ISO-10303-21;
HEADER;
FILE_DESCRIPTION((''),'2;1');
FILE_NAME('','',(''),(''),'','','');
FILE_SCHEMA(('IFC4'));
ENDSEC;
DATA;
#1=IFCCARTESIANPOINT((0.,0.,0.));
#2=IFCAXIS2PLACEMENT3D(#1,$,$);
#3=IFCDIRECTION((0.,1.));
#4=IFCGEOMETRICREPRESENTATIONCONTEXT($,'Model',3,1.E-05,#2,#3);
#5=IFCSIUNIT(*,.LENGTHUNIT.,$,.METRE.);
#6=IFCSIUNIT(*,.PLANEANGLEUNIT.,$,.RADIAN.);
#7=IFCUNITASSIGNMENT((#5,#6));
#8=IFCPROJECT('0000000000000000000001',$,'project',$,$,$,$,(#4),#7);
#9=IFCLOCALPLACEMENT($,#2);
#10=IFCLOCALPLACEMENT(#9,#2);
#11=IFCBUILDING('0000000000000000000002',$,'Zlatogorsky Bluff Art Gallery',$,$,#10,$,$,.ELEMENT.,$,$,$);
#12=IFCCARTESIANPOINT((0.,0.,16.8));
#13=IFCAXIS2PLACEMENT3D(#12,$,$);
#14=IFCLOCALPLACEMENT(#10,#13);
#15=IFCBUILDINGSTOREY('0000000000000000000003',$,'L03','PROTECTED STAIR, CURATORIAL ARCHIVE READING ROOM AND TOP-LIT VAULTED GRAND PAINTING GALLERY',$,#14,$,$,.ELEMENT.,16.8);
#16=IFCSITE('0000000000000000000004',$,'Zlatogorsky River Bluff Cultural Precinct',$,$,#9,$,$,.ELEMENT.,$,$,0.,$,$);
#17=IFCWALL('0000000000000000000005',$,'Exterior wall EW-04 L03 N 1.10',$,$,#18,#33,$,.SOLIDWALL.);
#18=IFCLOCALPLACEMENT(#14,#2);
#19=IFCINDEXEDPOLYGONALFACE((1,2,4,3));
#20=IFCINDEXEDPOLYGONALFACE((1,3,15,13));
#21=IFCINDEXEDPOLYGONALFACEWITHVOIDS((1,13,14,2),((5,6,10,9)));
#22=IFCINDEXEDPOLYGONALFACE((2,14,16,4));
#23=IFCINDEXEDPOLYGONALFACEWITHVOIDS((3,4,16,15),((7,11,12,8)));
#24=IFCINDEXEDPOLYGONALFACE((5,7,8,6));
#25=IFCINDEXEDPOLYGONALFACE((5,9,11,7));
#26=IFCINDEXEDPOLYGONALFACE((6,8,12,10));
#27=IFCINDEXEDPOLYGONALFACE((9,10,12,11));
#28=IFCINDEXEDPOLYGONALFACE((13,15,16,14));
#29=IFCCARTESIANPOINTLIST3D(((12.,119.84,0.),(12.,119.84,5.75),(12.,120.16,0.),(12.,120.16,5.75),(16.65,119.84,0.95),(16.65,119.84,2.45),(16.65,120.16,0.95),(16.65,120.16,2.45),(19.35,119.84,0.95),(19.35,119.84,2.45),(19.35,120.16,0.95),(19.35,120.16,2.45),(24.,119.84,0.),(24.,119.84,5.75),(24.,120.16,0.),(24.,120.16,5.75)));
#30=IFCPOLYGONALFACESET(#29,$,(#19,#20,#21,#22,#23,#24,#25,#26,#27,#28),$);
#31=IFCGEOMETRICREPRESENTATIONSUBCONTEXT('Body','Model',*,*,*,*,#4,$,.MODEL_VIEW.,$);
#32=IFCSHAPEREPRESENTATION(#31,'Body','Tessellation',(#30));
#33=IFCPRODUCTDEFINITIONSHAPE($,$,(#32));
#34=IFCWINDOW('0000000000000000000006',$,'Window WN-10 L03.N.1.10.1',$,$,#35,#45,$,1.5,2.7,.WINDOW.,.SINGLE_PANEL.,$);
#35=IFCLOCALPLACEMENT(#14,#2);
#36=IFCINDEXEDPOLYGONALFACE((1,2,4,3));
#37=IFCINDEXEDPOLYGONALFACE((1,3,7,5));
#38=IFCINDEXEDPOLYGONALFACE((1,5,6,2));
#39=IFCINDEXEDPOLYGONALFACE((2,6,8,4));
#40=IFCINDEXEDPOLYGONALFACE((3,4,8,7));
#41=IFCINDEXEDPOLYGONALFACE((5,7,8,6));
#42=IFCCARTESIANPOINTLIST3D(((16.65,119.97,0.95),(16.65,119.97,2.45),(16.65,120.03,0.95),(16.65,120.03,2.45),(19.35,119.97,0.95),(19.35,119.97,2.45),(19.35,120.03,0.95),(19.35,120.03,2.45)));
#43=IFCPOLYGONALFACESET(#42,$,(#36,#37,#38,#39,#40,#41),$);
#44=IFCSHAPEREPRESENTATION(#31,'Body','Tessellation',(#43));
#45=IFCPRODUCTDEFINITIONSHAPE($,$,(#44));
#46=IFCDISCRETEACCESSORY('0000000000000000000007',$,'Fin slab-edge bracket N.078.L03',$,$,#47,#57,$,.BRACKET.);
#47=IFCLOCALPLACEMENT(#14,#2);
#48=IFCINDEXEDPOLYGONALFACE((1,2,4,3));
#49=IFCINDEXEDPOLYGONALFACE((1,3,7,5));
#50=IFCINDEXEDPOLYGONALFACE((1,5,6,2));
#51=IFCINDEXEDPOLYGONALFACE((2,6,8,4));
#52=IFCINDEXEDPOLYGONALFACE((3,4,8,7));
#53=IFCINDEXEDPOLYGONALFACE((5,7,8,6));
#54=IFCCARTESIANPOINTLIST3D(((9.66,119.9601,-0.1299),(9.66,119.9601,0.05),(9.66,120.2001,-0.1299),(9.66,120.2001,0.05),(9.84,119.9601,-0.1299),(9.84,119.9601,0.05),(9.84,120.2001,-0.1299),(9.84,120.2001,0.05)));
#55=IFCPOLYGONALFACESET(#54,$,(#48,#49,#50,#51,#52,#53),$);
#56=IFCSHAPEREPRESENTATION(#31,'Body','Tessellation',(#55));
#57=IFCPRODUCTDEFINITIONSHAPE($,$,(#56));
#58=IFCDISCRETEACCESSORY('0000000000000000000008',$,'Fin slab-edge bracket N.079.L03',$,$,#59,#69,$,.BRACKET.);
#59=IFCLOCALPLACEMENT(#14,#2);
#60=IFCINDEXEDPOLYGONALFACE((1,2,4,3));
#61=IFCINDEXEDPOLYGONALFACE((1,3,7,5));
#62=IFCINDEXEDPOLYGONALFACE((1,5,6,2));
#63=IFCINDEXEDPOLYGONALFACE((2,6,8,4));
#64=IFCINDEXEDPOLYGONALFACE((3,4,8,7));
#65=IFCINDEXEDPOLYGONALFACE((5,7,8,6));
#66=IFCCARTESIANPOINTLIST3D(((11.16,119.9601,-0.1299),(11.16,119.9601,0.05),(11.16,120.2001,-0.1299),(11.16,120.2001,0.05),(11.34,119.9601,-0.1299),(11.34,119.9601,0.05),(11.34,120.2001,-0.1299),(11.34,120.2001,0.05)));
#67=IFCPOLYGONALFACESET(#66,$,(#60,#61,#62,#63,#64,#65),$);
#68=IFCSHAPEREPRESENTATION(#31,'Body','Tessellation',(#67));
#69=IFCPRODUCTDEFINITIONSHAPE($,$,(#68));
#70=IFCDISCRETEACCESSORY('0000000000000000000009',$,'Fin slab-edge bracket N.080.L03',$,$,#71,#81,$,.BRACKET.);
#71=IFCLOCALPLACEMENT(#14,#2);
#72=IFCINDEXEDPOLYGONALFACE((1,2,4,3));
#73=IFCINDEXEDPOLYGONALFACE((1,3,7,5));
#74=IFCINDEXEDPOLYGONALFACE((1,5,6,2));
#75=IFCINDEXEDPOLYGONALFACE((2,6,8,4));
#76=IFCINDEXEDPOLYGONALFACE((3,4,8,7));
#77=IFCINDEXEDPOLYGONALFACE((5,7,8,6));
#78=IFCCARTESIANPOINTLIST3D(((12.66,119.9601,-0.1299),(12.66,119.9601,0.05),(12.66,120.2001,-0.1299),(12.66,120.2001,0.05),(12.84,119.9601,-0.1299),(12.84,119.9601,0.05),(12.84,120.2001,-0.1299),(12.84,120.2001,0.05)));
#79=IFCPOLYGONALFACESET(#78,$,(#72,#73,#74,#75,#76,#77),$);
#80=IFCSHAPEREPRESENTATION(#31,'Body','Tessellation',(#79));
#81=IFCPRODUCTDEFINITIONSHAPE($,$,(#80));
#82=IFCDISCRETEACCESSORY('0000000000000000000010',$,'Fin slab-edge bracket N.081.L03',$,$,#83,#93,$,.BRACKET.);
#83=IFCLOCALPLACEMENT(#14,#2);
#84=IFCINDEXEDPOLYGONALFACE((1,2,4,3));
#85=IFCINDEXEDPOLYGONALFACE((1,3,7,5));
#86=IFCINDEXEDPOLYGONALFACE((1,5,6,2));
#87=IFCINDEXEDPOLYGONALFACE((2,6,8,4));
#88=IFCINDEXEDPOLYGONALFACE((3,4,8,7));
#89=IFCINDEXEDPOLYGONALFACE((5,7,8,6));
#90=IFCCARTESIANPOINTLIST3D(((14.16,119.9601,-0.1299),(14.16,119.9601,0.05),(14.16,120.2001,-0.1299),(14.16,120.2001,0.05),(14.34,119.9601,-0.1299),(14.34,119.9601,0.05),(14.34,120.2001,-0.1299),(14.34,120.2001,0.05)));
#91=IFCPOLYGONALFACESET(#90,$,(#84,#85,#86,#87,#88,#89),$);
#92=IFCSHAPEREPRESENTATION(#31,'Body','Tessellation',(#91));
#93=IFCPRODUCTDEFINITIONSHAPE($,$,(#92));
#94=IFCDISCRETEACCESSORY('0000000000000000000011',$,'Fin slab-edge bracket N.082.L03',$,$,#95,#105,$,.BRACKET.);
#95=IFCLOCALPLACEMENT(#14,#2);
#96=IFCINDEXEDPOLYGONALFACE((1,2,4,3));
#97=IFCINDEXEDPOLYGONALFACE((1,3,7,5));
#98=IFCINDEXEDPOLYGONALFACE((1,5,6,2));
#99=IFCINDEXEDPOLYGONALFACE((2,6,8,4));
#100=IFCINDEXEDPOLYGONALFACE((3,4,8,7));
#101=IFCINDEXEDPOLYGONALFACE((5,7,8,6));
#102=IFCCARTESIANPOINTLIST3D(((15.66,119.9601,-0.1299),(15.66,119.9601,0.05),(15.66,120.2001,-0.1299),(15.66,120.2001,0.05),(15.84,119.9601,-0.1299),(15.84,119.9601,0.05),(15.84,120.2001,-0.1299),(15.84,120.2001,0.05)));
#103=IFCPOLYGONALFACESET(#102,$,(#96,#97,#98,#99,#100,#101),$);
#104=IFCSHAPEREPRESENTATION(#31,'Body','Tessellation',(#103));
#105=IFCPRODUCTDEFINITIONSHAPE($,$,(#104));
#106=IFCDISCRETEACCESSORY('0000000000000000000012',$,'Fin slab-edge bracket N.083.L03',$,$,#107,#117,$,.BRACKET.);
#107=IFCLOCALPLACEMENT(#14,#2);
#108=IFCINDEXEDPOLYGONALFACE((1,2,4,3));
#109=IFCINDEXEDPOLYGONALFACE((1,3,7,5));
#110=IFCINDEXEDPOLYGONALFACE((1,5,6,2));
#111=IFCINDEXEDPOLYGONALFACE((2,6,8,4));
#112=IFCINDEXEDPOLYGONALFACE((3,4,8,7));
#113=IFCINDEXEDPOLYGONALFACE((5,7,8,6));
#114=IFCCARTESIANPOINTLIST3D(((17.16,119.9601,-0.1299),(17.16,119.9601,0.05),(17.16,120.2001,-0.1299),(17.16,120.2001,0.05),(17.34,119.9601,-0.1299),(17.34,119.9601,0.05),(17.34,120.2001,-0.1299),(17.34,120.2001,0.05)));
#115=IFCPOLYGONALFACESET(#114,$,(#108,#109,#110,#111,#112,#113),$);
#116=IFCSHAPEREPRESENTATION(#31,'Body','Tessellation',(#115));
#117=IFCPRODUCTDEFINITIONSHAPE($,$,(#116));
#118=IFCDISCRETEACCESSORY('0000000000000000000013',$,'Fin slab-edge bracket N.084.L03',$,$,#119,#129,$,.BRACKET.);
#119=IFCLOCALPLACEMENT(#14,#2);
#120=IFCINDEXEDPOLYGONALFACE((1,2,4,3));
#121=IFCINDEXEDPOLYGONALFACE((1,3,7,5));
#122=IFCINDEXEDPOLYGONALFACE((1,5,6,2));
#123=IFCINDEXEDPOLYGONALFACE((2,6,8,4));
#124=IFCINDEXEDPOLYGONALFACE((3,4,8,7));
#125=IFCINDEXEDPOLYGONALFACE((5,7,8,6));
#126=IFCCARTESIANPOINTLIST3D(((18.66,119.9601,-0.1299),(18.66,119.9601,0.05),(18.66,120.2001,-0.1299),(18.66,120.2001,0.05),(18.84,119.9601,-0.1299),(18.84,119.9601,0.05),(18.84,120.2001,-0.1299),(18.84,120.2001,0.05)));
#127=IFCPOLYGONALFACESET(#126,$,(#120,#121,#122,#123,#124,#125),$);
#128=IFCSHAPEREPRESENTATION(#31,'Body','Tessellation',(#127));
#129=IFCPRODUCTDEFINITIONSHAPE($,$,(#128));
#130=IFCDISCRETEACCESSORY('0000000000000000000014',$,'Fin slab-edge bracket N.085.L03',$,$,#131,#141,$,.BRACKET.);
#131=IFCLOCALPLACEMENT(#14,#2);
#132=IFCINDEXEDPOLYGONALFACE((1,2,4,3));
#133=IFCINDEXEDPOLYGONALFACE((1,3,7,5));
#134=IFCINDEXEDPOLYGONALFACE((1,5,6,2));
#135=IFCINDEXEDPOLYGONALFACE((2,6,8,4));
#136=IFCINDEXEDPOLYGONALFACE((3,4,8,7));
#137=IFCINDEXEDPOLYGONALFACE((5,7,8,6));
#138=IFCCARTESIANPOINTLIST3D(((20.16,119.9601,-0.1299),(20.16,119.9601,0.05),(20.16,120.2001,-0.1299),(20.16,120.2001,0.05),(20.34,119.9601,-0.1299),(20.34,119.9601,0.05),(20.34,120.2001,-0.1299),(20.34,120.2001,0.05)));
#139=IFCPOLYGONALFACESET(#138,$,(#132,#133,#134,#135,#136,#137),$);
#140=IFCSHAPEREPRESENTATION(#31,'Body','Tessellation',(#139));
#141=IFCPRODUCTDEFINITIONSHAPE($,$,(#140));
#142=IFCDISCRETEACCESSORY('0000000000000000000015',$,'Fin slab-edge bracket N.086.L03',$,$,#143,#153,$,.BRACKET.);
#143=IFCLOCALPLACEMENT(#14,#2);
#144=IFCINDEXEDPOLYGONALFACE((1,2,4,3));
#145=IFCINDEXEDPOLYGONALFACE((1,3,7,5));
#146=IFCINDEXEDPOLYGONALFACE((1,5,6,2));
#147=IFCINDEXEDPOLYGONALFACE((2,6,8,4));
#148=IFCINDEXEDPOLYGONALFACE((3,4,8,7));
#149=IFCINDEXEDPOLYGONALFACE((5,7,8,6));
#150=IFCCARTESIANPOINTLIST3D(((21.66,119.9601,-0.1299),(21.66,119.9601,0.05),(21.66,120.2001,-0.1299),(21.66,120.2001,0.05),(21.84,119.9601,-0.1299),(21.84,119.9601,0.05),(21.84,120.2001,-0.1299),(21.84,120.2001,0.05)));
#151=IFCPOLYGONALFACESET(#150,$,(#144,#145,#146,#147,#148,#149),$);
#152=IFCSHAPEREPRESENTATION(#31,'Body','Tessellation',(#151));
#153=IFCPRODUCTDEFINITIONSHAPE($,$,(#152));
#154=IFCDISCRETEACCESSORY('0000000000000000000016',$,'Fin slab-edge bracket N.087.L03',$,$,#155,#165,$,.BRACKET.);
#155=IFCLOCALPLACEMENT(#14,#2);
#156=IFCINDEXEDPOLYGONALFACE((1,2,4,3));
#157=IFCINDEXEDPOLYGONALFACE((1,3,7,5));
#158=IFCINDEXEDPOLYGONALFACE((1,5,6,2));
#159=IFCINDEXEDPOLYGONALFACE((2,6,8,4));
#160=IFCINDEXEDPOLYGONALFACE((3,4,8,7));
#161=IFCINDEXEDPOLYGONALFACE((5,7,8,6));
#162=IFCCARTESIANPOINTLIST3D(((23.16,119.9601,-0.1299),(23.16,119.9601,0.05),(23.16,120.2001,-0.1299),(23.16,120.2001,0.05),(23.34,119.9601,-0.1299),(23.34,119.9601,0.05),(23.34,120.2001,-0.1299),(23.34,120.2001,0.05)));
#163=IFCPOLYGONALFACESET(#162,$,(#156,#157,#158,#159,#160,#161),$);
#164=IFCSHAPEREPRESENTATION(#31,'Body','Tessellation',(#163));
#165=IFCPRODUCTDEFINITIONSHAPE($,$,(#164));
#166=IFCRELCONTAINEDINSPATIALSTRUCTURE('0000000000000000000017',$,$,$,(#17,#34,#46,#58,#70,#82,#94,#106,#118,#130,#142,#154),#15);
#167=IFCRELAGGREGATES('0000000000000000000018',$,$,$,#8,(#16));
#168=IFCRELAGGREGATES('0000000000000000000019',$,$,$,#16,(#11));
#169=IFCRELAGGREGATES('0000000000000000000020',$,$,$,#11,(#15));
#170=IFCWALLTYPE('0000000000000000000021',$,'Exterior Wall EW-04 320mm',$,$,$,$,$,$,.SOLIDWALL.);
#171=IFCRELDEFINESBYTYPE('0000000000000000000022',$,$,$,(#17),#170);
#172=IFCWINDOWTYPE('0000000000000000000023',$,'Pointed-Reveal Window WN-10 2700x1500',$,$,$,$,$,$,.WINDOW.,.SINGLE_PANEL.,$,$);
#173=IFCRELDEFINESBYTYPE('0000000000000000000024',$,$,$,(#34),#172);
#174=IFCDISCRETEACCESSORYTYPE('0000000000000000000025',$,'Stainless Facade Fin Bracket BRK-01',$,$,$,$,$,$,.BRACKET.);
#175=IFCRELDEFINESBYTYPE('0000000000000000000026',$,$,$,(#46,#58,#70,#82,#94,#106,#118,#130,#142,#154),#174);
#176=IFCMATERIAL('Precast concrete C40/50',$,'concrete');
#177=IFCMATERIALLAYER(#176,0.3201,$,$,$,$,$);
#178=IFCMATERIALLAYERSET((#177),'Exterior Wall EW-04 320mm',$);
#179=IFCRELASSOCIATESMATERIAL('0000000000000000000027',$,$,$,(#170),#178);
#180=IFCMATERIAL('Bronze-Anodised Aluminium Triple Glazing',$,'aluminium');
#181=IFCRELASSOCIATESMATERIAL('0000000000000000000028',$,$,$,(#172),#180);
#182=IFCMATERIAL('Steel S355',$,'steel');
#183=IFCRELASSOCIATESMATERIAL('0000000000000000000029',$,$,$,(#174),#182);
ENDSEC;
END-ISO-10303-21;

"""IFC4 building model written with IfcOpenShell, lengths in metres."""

from ifc_helpers import new_model, si_unit, direction, frame, frame_2d, origin, origin_2d, place, context, subcontext, project, spatial, rectangle, extrude, material, layer, layer_set, type_object, element, fill, save


model = new_model("IFC4")

# Units and contexts
model_context = context("Model", 3, precision=1e-05, world=origin(), true_north=direction((0.0, 1.0)))
body_context = subcontext(model_context, "Body", "Model", "MODEL_VIEW")
ifc_project = project(units=[si_unit("LENGTHUNIT", "METRE"), si_unit("PLANEANGLEUNIT", "RADIAN")], contexts=[model_context])

# Site, building, storey
site_placement = place(None, origin())
site = spatial("IfcSite", under=ifc_project, at=site_placement, Name="Zlatogorsky River Bluff Cultural Precinct", CompositionType="ELEMENT", RefElevation=0.0)
building_placement = place(site_placement, origin())
building = spatial("IfcBuilding", under=site, at=building_placement, Name="Zlatogorsky Bluff Art Gallery", CompositionType="ELEMENT")
storey_placement = place(building_placement, frame((0.0, 0.0, 16.8)))
storey = spatial("IfcBuildingStorey", under=building, at=storey_placement, Name="L03", Description="PROTECTED STAIR, CURATORIAL ARCHIVE READING ROOM AND TOP-LIT VAULTED GRAND PAINTING GALLERY", CompositionType="ELEMENT", Elevation=16.8)

# Shared definitions
ifc_material_1 = material(Name="Steel S355", Category="steel")

# Wall, opening, window
ifc_material_2 = material(Name="Precast concrete C40/50", Category="concrete")
ifc_layer_1 = layer(ifc_material_2, 0.3201)
ifc_layer_set_1 = layer_set([ifc_layer_1], Name="Exterior Wall EW-04 320mm")
wall_type = type_object("IfcWallType", Name="Exterior Wall EW-04 320mm", PredefinedType="SOLIDWALL", material=ifc_layer_set_1)
wall_placement = place(storey_placement, frame((24.0, 120.0, 0.0), z_axis=(0.0, 0.0, 1.0), x_axis=(-1.0, 0.0, 0.0)))
wall = element("IfcWall", 1, at=wall_placement, inside=storey, type_object=wall_type, Name="Exterior wall EW-04 L03 N 1.10", PredefinedType="SOLIDWALL", context=body_context, shape_type="SweptSolid", body=[
    extrude(rectangle(XDim=12.0, YDim=0.3201, at=frame_2d((6.0, 0.0))), origin(), (0.0, 0.0, 1.0), 5.75),
])
opening_placement = place(wall_placement, frame((4.6499, 0.0, 0.95)))
opening = element("IfcOpeningElement", 2, at=opening_placement, cuts=wall, PredefinedType="OPENING", context=body_context, shape_type="SweptSolid", body=[
    extrude(rectangle(XDim=2.7, YDim=1.5, at=frame_2d((1.3501, 0.75))), frame((0.0, 0.1699, 0.0), z_axis=(0.0, -1.0, 0.0), x_axis=(1.0, 0.0, 0.0)), (0.0, 0.0, 1.0), 0.3401),
])
ifc_material_3 = material(Name="Bronze-Anodised Aluminium Triple Glazing", Category="aluminium")
window_type = type_object("IfcWindowType", Name="Pointed-Reveal Window WN-10 2700x1500", PartitioningType="SINGLE_PANEL", PredefinedType="WINDOW", material=ifc_material_3)
window_placement = place(opening_placement, origin())
window = element("IfcWindow", 3, at=window_placement, inside=storey, type_object=window_type, Name="Window WN-10 L03.N.1.10.1", OverallHeight=1.5, OverallWidth=2.7, PartitioningType="SINGLE_PANEL", PredefinedType="WINDOW", context=body_context, shape_type="SweptSolid", body=[
    extrude(rectangle(XDim=2.7, YDim=1.5, at=frame_2d((1.3501, 0.75))), frame((0.0, 0.03, 0.0), z_axis=(0.0, -1.0, 0.0), x_axis=(1.0, 0.0, 0.0)), (0.0, 0.0, 1.0), 0.0601),
])
fill(opening, window)

# Discrete accessories
discrete_accessory_type = type_object("IfcDiscreteAccessoryType", Name="Stainless Facade Fin Bracket BRK-01", PredefinedType="BRACKET", material=ifc_material_1)
for number, where, z_axis, x_axis, name in (
    (4, (9.75, 120.0801, -0.1299), (0.0, 0.0, 1.0), (1.0, 0.0, 0.0), "Fin slab-edge bracket N.078.L03"),
    (5, (11.25, 120.0801, -0.1299), (0.0, 0.0, 1.0), (1.0, 0.0, 0.0), "Fin slab-edge bracket N.079.L03"),
    (6, (12.75, 120.0801, -0.1299), (0.0, 0.0, 1.0), (1.0, 0.0, 0.0), "Fin slab-edge bracket N.080.L03"),
    (7, (14.25, 120.0801, -0.1299), (0.0, 0.0, 1.0), (1.0, 0.0, 0.0), "Fin slab-edge bracket N.081.L03"),
    (8, (15.75, 120.0801, -0.1299), (0.0, 0.0, 1.0), (1.0, 0.0, 0.0), "Fin slab-edge bracket N.082.L03"),
    (9, (17.25, 120.0801, -0.1299), (0.0, 0.0, 1.0), (1.0, 0.0, 0.0), "Fin slab-edge bracket N.083.L03"),
    (10, (18.75, 120.0801, -0.1299), (0.0, 0.0, 1.0), (1.0, 0.0, 0.0), "Fin slab-edge bracket N.084.L03"),
    (11, (20.25, 120.0801, -0.1299), (0.0, 0.0, 1.0), (1.0, 0.0, 0.0), "Fin slab-edge bracket N.085.L03"),
    (12, (21.75, 120.0801, -0.1299), (0.0, 0.0, 1.0), (1.0, 0.0, 0.0), "Fin slab-edge bracket N.086.L03"),
    (13, (23.25, 120.0801, -0.1299), (0.0, 0.0, 1.0), (1.0, 0.0, 0.0), "Fin slab-edge bracket N.087.L03"),
):
    element("IfcDiscreteAccessory", number, at=place(storey_placement, frame(where, z_axis=z_axis, x_axis=x_axis)), inside=storey, type_object=discrete_accessory_type, Name=name, PredefinedType="BRACKET", context=body_context, shape_type="SweptSolid", body=[
        extrude(rectangle(XDim=0.1799, YDim=0.24, at=origin_2d()), origin(), (0.0, 0.0, 1.0), 0.1799),
    ])

save(model, "model.ifc")
